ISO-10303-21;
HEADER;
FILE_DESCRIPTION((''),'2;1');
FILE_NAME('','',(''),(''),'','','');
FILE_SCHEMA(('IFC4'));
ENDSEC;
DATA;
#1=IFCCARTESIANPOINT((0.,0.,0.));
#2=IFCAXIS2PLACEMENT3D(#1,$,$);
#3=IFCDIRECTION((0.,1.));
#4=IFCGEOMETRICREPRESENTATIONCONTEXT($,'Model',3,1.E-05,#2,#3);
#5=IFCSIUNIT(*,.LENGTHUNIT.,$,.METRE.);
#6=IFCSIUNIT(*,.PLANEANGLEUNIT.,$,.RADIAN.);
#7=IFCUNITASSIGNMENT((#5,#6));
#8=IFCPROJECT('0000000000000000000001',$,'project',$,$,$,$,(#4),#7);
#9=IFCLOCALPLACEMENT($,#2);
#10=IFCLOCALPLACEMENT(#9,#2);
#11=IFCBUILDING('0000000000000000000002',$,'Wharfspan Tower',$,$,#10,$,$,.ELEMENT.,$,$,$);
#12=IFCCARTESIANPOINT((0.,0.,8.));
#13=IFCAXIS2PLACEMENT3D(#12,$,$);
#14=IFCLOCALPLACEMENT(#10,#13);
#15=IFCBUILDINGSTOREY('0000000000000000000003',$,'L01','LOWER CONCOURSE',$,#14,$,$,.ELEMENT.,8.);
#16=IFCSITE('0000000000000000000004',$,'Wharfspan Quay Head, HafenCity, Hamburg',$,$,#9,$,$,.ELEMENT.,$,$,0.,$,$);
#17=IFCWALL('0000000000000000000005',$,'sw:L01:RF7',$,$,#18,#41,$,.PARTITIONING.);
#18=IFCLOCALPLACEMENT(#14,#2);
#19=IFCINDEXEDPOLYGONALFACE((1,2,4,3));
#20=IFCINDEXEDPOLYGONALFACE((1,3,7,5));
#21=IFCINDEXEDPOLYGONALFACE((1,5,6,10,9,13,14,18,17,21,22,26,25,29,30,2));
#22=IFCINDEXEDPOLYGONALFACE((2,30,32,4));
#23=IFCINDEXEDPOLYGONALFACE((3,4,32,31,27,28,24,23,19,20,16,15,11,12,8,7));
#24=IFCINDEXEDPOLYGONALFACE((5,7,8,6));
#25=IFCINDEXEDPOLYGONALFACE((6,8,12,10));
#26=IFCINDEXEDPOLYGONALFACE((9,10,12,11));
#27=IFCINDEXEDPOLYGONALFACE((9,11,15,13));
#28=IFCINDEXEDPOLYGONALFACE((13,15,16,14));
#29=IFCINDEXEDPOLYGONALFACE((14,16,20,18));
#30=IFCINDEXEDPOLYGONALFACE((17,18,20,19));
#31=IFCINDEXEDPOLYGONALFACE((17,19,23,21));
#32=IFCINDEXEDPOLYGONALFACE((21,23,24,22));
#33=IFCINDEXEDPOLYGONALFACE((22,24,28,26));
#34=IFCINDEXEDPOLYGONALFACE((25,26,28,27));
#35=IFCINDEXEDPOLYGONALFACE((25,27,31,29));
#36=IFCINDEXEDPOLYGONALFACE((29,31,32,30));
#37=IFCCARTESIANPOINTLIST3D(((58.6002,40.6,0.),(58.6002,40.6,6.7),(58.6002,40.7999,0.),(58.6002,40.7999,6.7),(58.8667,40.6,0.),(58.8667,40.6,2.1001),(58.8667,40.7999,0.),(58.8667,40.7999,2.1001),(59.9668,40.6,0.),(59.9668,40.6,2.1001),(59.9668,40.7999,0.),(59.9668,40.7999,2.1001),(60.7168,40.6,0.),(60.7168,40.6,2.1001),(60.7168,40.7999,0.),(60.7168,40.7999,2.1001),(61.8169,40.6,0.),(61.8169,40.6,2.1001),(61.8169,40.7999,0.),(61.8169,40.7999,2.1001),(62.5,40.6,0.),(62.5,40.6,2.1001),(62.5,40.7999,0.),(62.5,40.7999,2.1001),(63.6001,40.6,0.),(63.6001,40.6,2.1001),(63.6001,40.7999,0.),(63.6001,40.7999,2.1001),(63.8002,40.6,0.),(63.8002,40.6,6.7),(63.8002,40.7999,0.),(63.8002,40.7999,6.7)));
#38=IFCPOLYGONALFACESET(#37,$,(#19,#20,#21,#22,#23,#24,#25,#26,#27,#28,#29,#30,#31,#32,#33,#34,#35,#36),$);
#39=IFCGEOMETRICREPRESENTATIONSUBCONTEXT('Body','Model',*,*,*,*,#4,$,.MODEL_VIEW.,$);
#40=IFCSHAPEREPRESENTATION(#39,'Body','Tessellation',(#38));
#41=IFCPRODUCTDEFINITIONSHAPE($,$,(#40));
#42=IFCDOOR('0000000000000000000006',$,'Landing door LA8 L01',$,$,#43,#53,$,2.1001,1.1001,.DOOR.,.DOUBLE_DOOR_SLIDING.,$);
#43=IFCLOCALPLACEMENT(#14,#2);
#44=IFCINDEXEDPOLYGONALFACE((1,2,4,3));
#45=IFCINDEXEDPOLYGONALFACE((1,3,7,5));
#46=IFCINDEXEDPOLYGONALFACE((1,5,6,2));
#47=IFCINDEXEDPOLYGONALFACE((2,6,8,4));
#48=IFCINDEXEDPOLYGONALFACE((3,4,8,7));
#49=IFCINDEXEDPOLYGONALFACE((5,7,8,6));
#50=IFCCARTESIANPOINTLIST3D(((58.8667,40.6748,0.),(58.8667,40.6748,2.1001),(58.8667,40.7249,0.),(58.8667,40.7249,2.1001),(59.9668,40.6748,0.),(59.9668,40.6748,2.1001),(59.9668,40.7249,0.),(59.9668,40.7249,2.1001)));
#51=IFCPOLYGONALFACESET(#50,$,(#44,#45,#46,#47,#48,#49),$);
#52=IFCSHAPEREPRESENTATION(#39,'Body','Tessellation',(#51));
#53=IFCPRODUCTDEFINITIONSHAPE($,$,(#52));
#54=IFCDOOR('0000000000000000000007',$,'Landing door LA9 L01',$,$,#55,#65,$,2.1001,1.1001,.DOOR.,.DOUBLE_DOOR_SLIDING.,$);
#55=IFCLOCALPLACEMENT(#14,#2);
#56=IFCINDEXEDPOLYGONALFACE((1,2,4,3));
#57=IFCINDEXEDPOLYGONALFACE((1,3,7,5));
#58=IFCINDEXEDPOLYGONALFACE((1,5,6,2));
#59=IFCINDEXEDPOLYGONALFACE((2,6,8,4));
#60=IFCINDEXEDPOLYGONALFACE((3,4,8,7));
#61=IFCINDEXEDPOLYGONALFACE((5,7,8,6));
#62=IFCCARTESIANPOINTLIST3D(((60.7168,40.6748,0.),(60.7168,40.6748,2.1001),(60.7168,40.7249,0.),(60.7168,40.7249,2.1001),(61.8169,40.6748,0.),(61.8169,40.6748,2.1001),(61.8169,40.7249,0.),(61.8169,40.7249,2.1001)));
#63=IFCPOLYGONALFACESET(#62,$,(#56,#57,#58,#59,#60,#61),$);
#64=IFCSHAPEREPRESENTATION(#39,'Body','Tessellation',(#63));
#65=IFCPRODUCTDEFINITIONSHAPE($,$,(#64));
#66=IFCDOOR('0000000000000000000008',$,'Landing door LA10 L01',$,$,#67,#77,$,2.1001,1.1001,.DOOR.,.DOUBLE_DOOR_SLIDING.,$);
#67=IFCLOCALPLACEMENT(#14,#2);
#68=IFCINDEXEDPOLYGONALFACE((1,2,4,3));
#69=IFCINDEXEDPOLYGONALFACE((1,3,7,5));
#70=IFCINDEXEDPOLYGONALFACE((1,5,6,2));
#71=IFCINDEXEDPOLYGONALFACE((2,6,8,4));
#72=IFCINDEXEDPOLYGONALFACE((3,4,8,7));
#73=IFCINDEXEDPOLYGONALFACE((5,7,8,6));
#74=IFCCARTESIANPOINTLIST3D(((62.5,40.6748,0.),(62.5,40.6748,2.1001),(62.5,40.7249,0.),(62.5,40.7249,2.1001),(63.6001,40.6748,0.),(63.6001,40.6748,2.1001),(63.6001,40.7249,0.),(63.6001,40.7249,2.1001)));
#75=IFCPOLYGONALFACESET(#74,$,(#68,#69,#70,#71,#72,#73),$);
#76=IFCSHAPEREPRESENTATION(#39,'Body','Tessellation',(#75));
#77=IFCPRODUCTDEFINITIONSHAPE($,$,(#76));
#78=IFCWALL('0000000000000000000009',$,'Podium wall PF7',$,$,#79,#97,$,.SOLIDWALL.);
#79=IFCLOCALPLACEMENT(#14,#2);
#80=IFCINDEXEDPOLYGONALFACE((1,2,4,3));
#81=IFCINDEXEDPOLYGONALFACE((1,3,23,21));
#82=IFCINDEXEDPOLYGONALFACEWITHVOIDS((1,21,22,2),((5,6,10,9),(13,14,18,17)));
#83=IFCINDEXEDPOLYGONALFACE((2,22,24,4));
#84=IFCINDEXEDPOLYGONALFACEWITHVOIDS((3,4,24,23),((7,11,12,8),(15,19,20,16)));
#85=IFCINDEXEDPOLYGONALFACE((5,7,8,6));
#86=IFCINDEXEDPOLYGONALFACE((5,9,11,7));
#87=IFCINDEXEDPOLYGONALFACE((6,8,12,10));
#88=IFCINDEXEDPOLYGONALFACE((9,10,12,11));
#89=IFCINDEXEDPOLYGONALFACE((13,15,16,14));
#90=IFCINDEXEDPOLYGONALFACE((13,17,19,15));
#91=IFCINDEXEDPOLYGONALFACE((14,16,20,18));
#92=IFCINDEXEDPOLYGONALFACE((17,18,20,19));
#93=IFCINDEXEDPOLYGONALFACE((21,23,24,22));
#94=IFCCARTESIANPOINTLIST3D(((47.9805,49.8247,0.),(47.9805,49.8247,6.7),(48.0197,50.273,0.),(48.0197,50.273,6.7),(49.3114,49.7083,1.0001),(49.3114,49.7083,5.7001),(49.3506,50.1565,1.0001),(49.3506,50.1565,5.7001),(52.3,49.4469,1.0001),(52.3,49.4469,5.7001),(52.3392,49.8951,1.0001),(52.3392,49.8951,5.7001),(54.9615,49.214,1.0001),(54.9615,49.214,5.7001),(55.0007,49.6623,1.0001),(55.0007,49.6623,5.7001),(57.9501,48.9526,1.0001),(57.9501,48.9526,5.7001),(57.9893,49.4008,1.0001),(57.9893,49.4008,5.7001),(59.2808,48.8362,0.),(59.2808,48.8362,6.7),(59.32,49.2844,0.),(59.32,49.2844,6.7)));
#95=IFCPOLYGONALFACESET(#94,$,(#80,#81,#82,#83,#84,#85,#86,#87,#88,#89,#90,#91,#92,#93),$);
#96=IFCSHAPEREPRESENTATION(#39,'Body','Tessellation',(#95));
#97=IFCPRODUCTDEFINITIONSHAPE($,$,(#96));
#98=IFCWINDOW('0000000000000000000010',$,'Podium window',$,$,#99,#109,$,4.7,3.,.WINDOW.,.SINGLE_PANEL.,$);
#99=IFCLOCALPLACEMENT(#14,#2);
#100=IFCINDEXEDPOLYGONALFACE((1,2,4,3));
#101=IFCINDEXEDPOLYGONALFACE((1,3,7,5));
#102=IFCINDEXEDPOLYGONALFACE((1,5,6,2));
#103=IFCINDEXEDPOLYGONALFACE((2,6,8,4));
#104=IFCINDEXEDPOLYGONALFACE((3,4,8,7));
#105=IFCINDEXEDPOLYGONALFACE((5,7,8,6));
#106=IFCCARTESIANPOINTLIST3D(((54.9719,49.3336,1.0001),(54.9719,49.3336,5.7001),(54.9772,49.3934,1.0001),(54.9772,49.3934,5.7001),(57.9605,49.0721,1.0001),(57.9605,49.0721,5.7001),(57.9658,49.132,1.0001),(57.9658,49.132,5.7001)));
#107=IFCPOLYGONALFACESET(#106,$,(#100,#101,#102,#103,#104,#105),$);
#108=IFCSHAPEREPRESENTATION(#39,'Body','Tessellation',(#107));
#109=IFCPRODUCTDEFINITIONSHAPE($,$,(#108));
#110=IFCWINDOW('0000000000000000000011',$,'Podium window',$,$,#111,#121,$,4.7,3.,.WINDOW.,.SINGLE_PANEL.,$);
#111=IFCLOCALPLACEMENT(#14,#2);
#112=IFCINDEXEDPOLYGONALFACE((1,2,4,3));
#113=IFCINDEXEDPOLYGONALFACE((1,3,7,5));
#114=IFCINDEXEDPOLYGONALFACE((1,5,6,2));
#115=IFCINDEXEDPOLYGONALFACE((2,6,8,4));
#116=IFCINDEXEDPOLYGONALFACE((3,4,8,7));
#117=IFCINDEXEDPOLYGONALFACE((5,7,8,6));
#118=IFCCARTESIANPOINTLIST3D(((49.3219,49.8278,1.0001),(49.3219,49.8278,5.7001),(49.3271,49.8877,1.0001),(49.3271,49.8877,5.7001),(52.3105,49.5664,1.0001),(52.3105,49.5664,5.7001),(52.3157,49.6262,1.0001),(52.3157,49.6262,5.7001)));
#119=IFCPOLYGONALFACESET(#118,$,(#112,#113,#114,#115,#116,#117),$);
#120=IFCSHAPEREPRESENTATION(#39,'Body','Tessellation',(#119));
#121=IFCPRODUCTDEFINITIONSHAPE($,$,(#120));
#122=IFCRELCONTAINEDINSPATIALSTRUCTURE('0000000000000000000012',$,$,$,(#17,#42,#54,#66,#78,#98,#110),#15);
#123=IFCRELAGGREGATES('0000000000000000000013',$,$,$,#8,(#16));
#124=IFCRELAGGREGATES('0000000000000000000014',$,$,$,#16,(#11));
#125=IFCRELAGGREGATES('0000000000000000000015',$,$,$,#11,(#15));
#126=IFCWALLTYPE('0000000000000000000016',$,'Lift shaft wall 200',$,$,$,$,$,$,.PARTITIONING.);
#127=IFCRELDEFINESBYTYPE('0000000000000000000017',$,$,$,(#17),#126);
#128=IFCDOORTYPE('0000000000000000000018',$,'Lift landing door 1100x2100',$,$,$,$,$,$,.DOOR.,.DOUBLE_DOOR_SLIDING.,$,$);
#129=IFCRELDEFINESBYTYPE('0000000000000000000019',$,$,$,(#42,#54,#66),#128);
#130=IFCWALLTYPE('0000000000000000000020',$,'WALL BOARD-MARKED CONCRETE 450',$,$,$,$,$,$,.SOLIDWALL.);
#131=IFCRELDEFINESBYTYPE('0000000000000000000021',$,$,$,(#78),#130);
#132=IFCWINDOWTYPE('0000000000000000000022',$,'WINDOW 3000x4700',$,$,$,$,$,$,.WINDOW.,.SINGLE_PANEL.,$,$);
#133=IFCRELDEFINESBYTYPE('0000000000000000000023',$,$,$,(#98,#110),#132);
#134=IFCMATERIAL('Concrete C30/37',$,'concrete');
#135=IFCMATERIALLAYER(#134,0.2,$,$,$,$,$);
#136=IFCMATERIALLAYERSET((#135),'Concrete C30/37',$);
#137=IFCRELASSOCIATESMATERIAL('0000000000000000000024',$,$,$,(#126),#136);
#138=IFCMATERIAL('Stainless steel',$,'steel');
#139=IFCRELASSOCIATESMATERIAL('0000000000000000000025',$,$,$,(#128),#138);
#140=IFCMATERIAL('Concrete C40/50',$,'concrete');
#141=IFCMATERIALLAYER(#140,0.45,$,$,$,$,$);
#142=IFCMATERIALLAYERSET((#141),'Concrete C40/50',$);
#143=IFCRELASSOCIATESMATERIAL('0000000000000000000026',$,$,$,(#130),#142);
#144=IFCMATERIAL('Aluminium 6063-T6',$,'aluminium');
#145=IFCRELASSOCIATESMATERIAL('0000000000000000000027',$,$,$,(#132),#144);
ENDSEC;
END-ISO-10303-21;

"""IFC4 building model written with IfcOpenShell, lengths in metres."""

from ifc_helpers import new_model, si_unit, direction, frame, frame_2d, origin, place, context, subcontext, project, spatial, rectangle, extrude, material, layer, layer_set, type_object, element, fill, save


model = new_model("IFC4")

# Units and contexts
model_context = context("Model", 3, precision=1e-05, world=origin(), true_north=direction((0.0, 1.0)))
body_context = subcontext(model_context, "Body", "Model", "MODEL_VIEW")
ifc_project = project(units=[si_unit("LENGTHUNIT", "METRE"), si_unit("PLANEANGLEUNIT", "RADIAN")], contexts=[model_context])

# Site, building, storey
site_placement = place(None, origin())
site = spatial("IfcSite", under=ifc_project, at=site_placement, Name="Wharfspan Quay Head, HafenCity, Hamburg", CompositionType="ELEMENT", RefElevation=0.0)
building_placement = place(site_placement, origin())
building = spatial("IfcBuilding", under=site, at=building_placement, Name="Wharfspan Tower", CompositionType="ELEMENT")
storey_placement = place(building_placement, frame((0.0, 0.0, 8.0)))
storey = spatial("IfcBuildingStorey", under=building, at=storey_placement, Name="L01", Description="LOWER CONCOURSE", CompositionType="ELEMENT", Elevation=8.0)

# Shared definitions
ifc_material_1 = material(Name="Concrete C30/37", Category="concrete")
ifc_layer_1 = layer(ifc_material_1, 0.2)
ifc_layer_set_1 = layer_set([ifc_layer_1], Name="Concrete C30/37")
wall_type_1 = type_object("IfcWallType", Name="Lift shaft wall 200", PredefinedType="PARTITIONING", material=ifc_layer_set_1)

# Wall, openings, doors
wall_1_placement = place(storey_placement, frame((58.6001, 40.7, 0.0), z_axis=(0.0, 0.0, 1.0), x_axis=(1.0, 0.0, 0.0)))
wall_1 = element("IfcWall", 1, at=wall_1_placement, inside=storey, type_object=wall_type_1, Name="sw:L01:RF7", PredefinedType="PARTITIONING", context=body_context, shape_type="SweptSolid", body=[
    extrude(rectangle(XDim=5.2, YDim=0.2, at=frame_2d((2.6001, 0.0))), origin(), (0.0, 0.0, 1.0), 6.7),
])
opening_1_placement = place(wall_1_placement, frame((0.2666, 0.0, 0.0)))
opening_1 = element("IfcOpeningElement", 2, at=opening_1_placement, cuts=wall_1, PredefinedType="OPENING", context=body_context, shape_type="SweptSolid", body=[
    extrude(rectangle(XDim=1.1001, YDim=2.1001, at=frame_2d((0.55, 1.05))), frame((0.0, 0.1099, 0.0), z_axis=(0.0, -1.0, 0.0), x_axis=(1.0, 0.0, 0.0)), (0.0, 0.0, 1.0), 0.22),
])
opening_2_placement = place(wall_1_placement, frame((2.1167, 0.0, 0.0)))
opening_2 = element("IfcOpeningElement", 3, at=opening_2_placement, cuts=wall_1, PredefinedType="OPENING", context=body_context, shape_type="SweptSolid", body=[
    extrude(rectangle(XDim=1.1001, YDim=2.1001, at=frame_2d((0.55, 1.05))), frame((0.0, 0.1099, 0.0), z_axis=(0.0, -1.0, 0.0), x_axis=(1.0, 0.0, 0.0)), (0.0, 0.0, 1.0), 0.22),
])
opening_3_placement = place(wall_1_placement, frame((3.8999, 0.0, 0.0)))
opening_3 = element("IfcOpeningElement", 4, at=opening_3_placement, cuts=wall_1, PredefinedType="OPENING", context=body_context, shape_type="SweptSolid", body=[
    extrude(rectangle(XDim=1.1001, YDim=2.1001, at=frame_2d((0.55, 1.05))), frame((0.0, 0.1099, 0.0), z_axis=(0.0, -1.0, 0.0), x_axis=(1.0, 0.0, 0.0)), (0.0, 0.0, 1.0), 0.22),
])
ifc_material_2 = material(Name="Stainless steel", Category="steel")
door_type_1 = type_object("IfcDoorType", Name="Lift landing door 1100x2100", OperationType="DOUBLE_DOOR_SLIDING", PredefinedType="DOOR", material=ifc_material_2)
door_1_placement = place(opening_1_placement, origin())
door_1 = element("IfcDoor", 5, at=door_1_placement, inside=storey, type_object=door_type_1, Name="Landing door LA8 L01", OperationType="DOUBLE_DOOR_SLIDING", OverallHeight=2.1001, OverallWidth=1.1001, PredefinedType="DOOR", context=body_context, shape_type="SweptSolid", body=[
    extrude(rectangle(XDim=1.1001, YDim=2.1001, at=frame_2d((0.55, 1.05))), frame((0.0, 0.0249, 0.0), z_axis=(0.0, -1.0, 0.0), x_axis=(1.0, 0.0, 0.0)), (0.0, 0.0, 1.0), 0.05),
])
fill(opening_1, door_1)
door_2_placement = place(opening_2_placement, origin())
door_2 = element("IfcDoor", 6, at=door_2_placement, inside=storey, type_object=door_type_1, Name="Landing door LA9 L01", OperationType="DOUBLE_DOOR_SLIDING", OverallHeight=2.1001, OverallWidth=1.1001, PredefinedType="DOOR", context=body_context, shape_type="SweptSolid", body=[
    extrude(rectangle(XDim=1.1001, YDim=2.1001, at=frame_2d((0.55, 1.05))), frame((0.0, 0.0249, 0.0), z_axis=(0.0, -1.0, 0.0), x_axis=(1.0, 0.0, 0.0)), (0.0, 0.0, 1.0), 0.05),
])
fill(opening_2, door_2)
door_3_placement = place(opening_3_placement, origin())
door_3 = element("IfcDoor", 7, at=door_3_placement, inside=storey, type_object=door_type_1, Name="Landing door LA10 L01", OperationType="DOUBLE_DOOR_SLIDING", OverallHeight=2.1001, OverallWidth=1.1001, PredefinedType="DOOR", context=body_context, shape_type="SweptSolid", body=[
    extrude(rectangle(XDim=1.1001, YDim=2.1001, at=frame_2d((0.55, 1.05))), frame((0.0, 0.0249, 0.0), z_axis=(0.0, -1.0, 0.0), x_axis=(1.0, 0.0, 0.0)), (0.0, 0.0, 1.0), 0.05),
])
fill(opening_3, door_3)

# Wall, openings, windows
ifc_material_3 = material(Name="Concrete C40/50", Category="concrete")
ifc_layer_2 = layer(ifc_material_3, 0.45)
ifc_layer_set_2 = layer_set([ifc_layer_2], Name="Concrete C40/50")
wall_type_2 = type_object("IfcWallType", Name="WALL BOARD-MARKED CONCRETE 450", PredefinedType="SOLIDWALL", material=ifc_layer_set_2)
wall_2_placement = place(storey_placement, frame((59.3005, 49.0603, 0.0), z_axis=(0.0, 0.0, 1.0), x_axis=(-0.996195, 0.087145, 0.0)))
wall_2 = element("IfcWall", 8, at=wall_2_placement, inside=storey, type_object=wall_type_2, Name="Podium wall PF7", PredefinedType="SOLIDWALL", context=body_context, shape_type="SweptSolid", body=[
    extrude(rectangle(XDim=11.3435, YDim=0.45, at=frame_2d((5.6719, 0.0))), origin(), (0.0, 0.0, 1.0), 6.7),
])
opening_4_placement = place(wall_2_placement, frame((1.3359, 0.0, 1.0)))
opening_4 = element("IfcOpeningElement", 9, at=opening_4_placement, cuts=wall_2, PredefinedType="OPENING", context=body_context, shape_type="SweptSolid", body=[
    extrude(rectangle(XDim=3.0, YDim=4.7, at=frame_2d((1.5, 2.3501))), frame((0.0, 0.2349, 0.0), z_axis=(0.0, -1.0, 0.0), x_axis=(1.0, 0.0, 0.0)), (0.0, 0.0, 1.0), 0.47),
])
opening_5_placement = place(wall_2_placement, frame((7.0076, 0.0, 1.0)))
opening_5 = element("IfcOpeningElement", 10, at=opening_5_placement, cuts=wall_2, PredefinedType="OPENING", context=body_context, shape_type="SweptSolid", body=[
    extrude(rectangle(XDim=3.0, YDim=4.7, at=frame_2d((1.5, 2.3501))), frame((0.0, 0.2349, 0.0), z_axis=(0.0, -1.0, 0.0), x_axis=(1.0, 0.0, 0.0)), (0.0, 0.0, 1.0), 0.47),
])
ifc_material_4 = material(Name="Aluminium 6063-T6", Category="aluminium")
window_type = type_object("IfcWindowType", Name="WINDOW 3000x4700", PartitioningType="SINGLE_PANEL", PredefinedType="WINDOW", material=ifc_material_4)
window_1_placement = place(opening_4_placement, origin())
window_1 = element("IfcWindow", 11, at=window_1_placement, inside=storey, type_object=window_type, Name="Podium window", OverallHeight=4.7, OverallWidth=3.0, PartitioningType="SINGLE_PANEL", PredefinedType="WINDOW", context=body_context, shape_type="SweptSolid", body=[
    extrude(rectangle(XDim=3.0, YDim=4.7, at=frame_2d((1.5, 2.3501))), frame((0.0, 0.105, 0.0), z_axis=(0.0, -1.0, 0.0), x_axis=(1.0, 0.0, 0.0)), (0.0, 0.0, 1.0), 0.0601),
])
fill(opening_4, window_1)
window_2_placement = place(opening_5_placement, origin())
window_2 = element("IfcWindow", 12, at=window_2_placement, inside=storey, type_object=window_type, Name="Podium window", OverallHeight=4.7, OverallWidth=3.0, PartitioningType="SINGLE_PANEL", PredefinedType="WINDOW", context=body_context, shape_type="SweptSolid", body=[
    extrude(rectangle(XDim=3.0, YDim=4.7, at=frame_2d((1.5, 2.3501))), frame((0.0, 0.105, 0.0), z_axis=(0.0, -1.0, 0.0), x_axis=(1.0, 0.0, 0.0)), (0.0, 0.0, 1.0), 0.0601),
])
fill(opening_5, window_2)

save(model, "model.ifc")
